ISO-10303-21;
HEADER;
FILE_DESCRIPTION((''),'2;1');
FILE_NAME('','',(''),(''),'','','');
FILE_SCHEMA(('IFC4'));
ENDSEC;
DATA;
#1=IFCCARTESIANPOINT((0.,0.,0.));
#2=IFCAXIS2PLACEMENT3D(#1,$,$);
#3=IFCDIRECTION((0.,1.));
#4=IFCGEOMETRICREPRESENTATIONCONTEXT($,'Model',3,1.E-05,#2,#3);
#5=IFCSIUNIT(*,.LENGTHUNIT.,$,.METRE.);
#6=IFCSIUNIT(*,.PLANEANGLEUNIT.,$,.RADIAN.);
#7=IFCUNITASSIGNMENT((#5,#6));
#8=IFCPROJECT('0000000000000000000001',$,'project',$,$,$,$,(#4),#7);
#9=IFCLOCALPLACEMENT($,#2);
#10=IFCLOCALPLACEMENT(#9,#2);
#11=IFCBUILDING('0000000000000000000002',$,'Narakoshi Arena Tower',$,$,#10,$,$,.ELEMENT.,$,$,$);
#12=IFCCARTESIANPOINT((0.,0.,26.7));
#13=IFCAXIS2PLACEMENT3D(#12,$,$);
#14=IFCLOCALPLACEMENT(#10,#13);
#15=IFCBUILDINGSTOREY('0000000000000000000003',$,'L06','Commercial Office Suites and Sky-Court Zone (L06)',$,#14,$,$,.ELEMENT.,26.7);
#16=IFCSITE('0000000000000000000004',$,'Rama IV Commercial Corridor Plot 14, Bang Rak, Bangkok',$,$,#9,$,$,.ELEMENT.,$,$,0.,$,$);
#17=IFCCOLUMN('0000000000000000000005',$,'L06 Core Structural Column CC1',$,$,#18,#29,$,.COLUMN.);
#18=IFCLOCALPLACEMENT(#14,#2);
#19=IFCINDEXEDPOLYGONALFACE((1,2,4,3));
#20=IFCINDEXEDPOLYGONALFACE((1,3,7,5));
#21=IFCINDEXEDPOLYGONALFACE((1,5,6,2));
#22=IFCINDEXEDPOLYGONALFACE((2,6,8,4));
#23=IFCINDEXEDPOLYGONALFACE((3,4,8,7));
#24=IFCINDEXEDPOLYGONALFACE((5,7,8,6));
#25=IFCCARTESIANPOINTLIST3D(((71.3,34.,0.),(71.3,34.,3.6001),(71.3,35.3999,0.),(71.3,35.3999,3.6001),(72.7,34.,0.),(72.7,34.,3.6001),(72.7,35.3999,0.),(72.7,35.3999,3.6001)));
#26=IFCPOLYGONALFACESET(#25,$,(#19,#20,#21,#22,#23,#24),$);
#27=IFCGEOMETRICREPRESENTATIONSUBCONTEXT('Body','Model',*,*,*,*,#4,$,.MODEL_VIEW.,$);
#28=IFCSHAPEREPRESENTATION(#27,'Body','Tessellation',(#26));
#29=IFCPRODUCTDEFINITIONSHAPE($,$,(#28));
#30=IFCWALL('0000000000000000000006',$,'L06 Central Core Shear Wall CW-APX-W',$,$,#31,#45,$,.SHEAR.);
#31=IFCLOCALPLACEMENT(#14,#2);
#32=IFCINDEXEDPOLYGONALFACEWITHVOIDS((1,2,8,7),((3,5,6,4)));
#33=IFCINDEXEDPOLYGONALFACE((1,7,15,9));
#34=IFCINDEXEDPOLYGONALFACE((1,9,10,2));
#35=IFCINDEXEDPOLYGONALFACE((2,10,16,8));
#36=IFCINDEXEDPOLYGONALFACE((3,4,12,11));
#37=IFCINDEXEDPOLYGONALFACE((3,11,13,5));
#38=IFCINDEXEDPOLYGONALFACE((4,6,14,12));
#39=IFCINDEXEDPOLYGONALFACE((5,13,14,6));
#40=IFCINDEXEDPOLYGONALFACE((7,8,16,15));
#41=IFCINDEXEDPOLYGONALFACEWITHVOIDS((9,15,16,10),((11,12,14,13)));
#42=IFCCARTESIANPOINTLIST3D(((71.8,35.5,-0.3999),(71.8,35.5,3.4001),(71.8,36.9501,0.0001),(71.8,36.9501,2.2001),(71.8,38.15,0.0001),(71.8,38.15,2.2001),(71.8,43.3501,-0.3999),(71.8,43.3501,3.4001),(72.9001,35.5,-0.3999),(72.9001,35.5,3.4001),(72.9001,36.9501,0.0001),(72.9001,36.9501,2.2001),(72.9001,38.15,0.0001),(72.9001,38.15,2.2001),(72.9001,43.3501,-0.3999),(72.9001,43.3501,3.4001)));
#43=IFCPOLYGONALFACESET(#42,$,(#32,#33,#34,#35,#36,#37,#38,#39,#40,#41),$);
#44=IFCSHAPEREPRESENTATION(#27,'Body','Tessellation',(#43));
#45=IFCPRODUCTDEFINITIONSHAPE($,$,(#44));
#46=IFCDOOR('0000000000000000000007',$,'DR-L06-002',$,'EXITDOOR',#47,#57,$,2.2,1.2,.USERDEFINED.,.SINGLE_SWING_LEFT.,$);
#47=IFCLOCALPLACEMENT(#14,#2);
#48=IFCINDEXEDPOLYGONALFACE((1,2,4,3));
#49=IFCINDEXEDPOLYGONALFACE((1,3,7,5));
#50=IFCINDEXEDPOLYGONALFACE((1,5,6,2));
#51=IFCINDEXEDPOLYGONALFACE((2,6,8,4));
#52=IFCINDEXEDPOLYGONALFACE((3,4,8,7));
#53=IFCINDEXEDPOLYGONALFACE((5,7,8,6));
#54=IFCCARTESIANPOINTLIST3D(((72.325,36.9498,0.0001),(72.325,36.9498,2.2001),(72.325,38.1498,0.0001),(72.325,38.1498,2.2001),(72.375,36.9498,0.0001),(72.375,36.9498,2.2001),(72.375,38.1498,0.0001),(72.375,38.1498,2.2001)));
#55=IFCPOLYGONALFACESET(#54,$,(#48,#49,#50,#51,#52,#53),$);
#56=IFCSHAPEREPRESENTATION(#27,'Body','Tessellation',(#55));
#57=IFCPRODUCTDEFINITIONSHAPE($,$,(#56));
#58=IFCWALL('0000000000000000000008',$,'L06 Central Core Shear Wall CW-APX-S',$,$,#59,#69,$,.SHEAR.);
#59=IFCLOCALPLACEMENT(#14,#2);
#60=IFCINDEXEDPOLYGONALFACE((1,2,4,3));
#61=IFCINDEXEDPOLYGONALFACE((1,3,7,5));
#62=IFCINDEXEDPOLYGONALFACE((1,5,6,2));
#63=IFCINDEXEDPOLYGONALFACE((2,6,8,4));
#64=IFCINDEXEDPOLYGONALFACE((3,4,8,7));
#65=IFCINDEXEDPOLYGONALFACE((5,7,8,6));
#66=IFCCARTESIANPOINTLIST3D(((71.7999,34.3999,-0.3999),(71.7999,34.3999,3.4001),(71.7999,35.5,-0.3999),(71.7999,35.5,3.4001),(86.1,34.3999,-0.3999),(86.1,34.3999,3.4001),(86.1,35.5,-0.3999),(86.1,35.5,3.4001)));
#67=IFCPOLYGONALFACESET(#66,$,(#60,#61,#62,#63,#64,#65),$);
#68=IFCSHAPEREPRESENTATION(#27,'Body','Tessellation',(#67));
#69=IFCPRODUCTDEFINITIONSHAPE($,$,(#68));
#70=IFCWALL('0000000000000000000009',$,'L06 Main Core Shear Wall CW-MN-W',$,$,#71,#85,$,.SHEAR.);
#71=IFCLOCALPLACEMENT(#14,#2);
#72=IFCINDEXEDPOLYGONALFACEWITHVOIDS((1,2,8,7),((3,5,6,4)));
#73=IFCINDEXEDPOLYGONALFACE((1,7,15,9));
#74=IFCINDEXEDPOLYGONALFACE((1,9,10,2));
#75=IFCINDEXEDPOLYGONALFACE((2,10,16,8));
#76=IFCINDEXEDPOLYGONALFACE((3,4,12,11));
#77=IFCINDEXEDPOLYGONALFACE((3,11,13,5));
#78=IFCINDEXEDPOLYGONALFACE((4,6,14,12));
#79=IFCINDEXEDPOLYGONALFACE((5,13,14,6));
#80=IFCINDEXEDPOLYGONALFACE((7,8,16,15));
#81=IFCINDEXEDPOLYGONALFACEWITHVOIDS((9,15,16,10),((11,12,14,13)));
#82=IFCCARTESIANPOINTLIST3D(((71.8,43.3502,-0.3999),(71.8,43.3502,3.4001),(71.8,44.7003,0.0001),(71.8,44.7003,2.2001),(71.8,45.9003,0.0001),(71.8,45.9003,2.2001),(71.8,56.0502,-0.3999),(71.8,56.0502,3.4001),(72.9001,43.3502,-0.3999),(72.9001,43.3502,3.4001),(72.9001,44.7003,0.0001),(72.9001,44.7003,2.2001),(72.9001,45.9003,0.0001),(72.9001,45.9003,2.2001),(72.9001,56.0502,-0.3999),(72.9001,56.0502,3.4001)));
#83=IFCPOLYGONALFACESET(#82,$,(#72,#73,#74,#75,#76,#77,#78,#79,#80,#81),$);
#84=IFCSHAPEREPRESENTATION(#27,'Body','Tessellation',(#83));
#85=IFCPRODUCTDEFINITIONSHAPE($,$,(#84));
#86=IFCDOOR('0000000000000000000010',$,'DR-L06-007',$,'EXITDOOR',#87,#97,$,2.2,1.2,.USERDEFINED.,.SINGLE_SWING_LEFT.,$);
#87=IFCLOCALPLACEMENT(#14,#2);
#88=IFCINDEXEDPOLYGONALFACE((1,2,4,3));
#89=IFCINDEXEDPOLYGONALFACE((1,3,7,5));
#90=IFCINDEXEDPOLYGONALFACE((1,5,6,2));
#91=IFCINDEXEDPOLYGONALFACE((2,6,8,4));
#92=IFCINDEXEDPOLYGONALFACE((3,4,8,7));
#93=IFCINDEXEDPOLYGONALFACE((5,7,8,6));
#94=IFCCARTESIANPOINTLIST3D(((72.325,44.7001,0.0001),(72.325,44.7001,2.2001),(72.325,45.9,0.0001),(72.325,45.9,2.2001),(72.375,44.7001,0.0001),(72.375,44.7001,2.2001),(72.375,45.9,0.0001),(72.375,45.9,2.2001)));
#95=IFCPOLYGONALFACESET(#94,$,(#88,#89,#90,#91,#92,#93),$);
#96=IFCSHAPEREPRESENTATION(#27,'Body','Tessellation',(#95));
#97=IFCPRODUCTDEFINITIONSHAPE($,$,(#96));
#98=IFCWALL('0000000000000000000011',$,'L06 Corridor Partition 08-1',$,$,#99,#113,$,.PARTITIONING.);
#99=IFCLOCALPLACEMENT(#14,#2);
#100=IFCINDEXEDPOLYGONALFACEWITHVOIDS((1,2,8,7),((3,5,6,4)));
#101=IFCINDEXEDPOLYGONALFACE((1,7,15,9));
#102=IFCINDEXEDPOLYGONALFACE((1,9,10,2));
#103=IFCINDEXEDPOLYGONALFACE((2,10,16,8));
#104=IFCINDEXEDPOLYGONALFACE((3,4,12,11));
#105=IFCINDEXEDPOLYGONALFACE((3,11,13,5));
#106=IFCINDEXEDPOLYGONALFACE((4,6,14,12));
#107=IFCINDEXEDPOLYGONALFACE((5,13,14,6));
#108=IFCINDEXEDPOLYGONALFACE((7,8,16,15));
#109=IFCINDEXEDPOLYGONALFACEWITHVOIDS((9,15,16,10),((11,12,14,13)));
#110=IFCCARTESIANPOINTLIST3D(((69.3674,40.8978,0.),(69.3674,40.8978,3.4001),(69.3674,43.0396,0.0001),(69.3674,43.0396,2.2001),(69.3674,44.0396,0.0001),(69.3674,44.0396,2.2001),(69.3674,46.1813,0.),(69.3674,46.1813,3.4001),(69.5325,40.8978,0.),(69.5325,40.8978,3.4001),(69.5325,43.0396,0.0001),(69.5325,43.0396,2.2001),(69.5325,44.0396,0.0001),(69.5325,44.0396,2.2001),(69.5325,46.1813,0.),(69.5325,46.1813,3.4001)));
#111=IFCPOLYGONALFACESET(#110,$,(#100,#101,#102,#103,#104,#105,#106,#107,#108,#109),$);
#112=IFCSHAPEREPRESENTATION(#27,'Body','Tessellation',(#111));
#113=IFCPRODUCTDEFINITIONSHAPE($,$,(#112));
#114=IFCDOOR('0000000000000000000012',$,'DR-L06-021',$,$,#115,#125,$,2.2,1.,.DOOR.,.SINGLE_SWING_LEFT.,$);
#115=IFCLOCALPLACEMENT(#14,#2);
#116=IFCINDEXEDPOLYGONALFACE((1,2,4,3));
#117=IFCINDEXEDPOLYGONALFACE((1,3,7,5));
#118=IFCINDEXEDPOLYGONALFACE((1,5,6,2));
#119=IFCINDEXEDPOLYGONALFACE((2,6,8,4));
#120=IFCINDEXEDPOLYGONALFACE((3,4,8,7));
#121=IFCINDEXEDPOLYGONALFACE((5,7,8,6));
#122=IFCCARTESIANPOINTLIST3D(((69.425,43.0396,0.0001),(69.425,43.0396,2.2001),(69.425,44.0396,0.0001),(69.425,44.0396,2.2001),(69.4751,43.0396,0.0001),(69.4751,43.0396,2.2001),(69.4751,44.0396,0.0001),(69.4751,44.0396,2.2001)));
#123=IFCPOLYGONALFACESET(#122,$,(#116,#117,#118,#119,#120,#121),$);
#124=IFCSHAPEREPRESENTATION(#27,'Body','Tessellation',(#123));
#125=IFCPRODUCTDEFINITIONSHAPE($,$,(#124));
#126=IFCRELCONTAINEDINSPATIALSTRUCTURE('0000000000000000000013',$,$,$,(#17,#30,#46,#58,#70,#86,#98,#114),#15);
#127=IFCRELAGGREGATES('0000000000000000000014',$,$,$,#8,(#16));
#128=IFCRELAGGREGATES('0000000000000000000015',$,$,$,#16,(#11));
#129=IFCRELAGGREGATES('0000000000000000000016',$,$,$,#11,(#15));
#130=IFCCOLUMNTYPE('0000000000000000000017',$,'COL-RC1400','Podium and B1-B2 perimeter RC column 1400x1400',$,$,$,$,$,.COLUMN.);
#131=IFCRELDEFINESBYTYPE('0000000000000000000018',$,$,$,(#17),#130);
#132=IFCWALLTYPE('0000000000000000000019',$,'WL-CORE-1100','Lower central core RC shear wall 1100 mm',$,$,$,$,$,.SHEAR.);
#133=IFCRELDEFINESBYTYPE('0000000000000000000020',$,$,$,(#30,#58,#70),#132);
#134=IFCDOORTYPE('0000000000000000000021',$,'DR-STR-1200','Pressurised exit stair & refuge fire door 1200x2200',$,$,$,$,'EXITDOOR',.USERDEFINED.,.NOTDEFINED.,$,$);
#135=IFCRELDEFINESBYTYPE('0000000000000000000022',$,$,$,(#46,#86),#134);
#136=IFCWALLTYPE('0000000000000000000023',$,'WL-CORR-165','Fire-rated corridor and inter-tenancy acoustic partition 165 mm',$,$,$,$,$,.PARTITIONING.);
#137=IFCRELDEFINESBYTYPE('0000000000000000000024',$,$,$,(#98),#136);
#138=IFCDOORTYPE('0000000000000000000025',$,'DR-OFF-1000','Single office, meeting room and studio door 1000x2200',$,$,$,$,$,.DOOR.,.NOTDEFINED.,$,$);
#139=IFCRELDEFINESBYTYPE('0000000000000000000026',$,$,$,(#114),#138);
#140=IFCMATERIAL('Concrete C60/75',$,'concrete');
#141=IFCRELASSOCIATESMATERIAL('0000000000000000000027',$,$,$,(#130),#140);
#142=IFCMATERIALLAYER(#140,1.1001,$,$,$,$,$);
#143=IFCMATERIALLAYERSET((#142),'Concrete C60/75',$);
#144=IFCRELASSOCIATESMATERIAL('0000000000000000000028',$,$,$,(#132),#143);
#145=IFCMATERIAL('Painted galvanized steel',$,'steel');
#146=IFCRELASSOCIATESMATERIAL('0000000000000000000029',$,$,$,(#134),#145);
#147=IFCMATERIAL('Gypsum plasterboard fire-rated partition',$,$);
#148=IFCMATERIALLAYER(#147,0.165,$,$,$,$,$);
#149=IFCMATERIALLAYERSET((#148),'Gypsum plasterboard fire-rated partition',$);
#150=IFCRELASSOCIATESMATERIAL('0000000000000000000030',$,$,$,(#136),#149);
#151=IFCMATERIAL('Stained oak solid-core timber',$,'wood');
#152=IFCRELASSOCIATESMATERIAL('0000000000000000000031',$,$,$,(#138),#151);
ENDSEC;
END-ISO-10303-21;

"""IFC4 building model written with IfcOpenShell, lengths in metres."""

from ifc_helpers import new_model, si_unit, direction, frame, frame_2d, origin, origin_2d, place, context, subcontext, project, spatial, rectangle, extrude, material, layer, layer_set, material_profile, profile_set, type_object, element, fill, save


model = new_model("IFC4")

# Units and contexts
model_context = context("Model", 3, precision=1e-05, world=origin(), true_north=direction((0.0, 1.0)))
body_context = subcontext(model_context, "Body", "Model", "MODEL_VIEW")
ifc_project = project(units=[si_unit("LENGTHUNIT", "METRE"), si_unit("PLANEANGLEUNIT", "RADIAN")], contexts=[model_context])

# Site, building, storey
site_placement = place(None, origin())
site = spatial("IfcSite", under=ifc_project, at=site_placement, Name="Rama IV Commercial Corridor Plot 14, Bang Rak, Bangkok", CompositionType="ELEMENT", RefElevation=0.0)
building_placement = place(site_placement, origin())
building = spatial("IfcBuilding", under=site, at=building_placement, Name="Narakoshi Arena Tower", CompositionType="ELEMENT")
storey_placement = place(building_placement, frame((0.0, 0.0, 26.7)))
storey = spatial("IfcBuildingStorey", under=building, at=storey_placement, Name="L06", Description="Commercial Office Suites and Sky-Court Zone (L06)", CompositionType="ELEMENT", Elevation=26.7)

# Column
ifc_material_1 = material(Name="Concrete C60/75", Category="concrete")
ifc_material_profile = material_profile(ifc_material_1, rectangle(XDim=1.3999, YDim=1.3999, at=origin_2d()), Name="RC1400x1400")
ifc_profile_set = profile_set([ifc_material_profile], Name="Concrete C60/75")
column_type = type_object("IfcColumnType", Name="COL-RC1400", Description="Podium and B1-B2 perimeter RC column 1400x1400", PredefinedType="COLUMN", material=ifc_profile_set)
column_placement = place(storey_placement, frame((72.0, 34.7, 0.0), z_axis=(0.0, 0.0, 1.0), x_axis=(1.0, 0.0, 0.0)))
element("IfcColumn", 1, at=column_placement, inside=storey, type_object=column_type, Name="L06 Core Structural Column CC1", PredefinedType="COLUMN", context=body_context, shape_type="SweptSolid", body=[
    extrude(rectangle(XDim=1.3999, YDim=1.3999, at=origin_2d()), origin(), (0.0, 0.0, 1.0), 3.6001),
])

# Wall, opening, door
ifc_layer_1 = layer(ifc_material_1, 1.1001)
ifc_layer_set_1 = layer_set([ifc_layer_1], Name="Concrete C60/75")
wall_type_1 = type_object("IfcWallType", Name="WL-CORE-1100", Description="Lower central core RC shear wall 1100 mm", PredefinedType="SHEAR", material=ifc_layer_set_1)
wall_1_placement = place(storey_placement, frame((72.3501, 35.5, -0.3999), z_axis=(0.0, 0.0, 1.0), x_axis=(0.0, 1.0, 0.0)))
wall_1 = element("IfcWall", 2, at=wall_1_placement, inside=storey, type_object=wall_type_1, Name="L06 Central Core Shear Wall CW-APX-W", PredefinedType="SHEAR", context=body_context, shape_type="SweptSolid", body=[
    extrude(rectangle(XDim=7.8501, YDim=1.1001, at=frame_2d((3.925, 0.0))), origin(), (0.0, 0.0, 1.0), 3.8),
])
opening_1_placement = place(wall_1_placement, frame((1.45, 0.0, 0.3999)))
opening_1 = element("IfcOpeningElement", 3, at=opening_1_placement, cuts=wall_1, PredefinedType="OPENING", context=body_context, shape_type="SweptSolid", body=[
    extrude(rectangle(XDim=1.2, YDim=2.2, at=frame_2d((0.6001, 1.1001))), frame((0.0, 0.5601, 0.0), z_axis=(0.0, -1.0, 0.0), x_axis=(1.0, 0.0, 0.0)), (0.0, 0.0, 1.0), 1.1201),
])
ifc_material_2 = material(Name="Painted galvanized steel", Category="steel")
door_type_1 = type_object("IfcDoorType", Name="DR-STR-1200", Description="Pressurised exit stair & refuge fire door 1200x2200", ElementType="EXITDOOR", OperationType="NOTDEFINED", PredefinedType="USERDEFINED", material=ifc_material_2)
door_1_placement = place(opening_1_placement, frame((1.2, 0.0, 0.0), z_axis=(0.0, 0.0, 1.0), x_axis=(-1.0, 0.0, 0.0)))
door_1 = element("IfcDoor", 4, at=door_1_placement, inside=storey, type_object=door_type_1, Name="DR-L06-002", ObjectType="EXITDOOR", OperationType="SINGLE_SWING_LEFT", OverallHeight=2.2, OverallWidth=1.2, PredefinedType="USERDEFINED", context=body_context, shape_type="SweptSolid", body=[
    extrude(rectangle(XDim=1.2, YDim=2.2, at=frame_2d((0.6001, 1.1001))), frame((0.0, 0.0249, 0.0), z_axis=(0.0, -1.0, 0.0), x_axis=(1.0, 0.0, 0.0)), (0.0, 0.0, 1.0), 0.05),
])
fill(opening_1, door_1)

# Wall
wall_2_placement = place(storey_placement, frame((71.8, 34.95, -0.3999), z_axis=(0.0, 0.0, 1.0), x_axis=(1.0, 0.0, 0.0)))
element("IfcWall", 5, at=wall_2_placement, inside=storey, type_object=wall_type_1, Name="L06 Central Core Shear Wall CW-APX-S", PredefinedType="SHEAR", context=body_context, shape_type="SweptSolid", body=[
    extrude(rectangle(XDim=14.3, YDim=1.1001, at=frame_2d((7.1499, 0.0))), origin(), (0.0, 0.0, 1.0), 3.8),
])

# Walls, openings, doors
wall_3_placement = place(storey_placement, frame((72.3501, 43.3501, -0.3999), z_axis=(0.0, 0.0, 1.0), x_axis=(0.0, 1.0, 0.0)))
wall_3 = element("IfcWall", 6, at=wall_3_placement, inside=storey, type_object=wall_type_1, Name="L06 Main Core Shear Wall CW-MN-W", PredefinedType="SHEAR", context=body_context, shape_type="SweptSolid", body=[
    extrude(rectangle(XDim=12.7, YDim=1.1001, at=frame_2d((6.3501, 0.0))), origin(), (0.0, 0.0, 1.0), 3.8),
])
opening_2_placement = place(wall_3_placement, frame((1.3501, 0.0, 0.3999)))
opening_2 = element("IfcOpeningElement", 7, at=opening_2_placement, cuts=wall_3, PredefinedType="OPENING", context=body_context, shape_type="SweptSolid", body=[
    extrude(rectangle(XDim=1.2, YDim=2.2, at=frame_2d((0.6001, 1.1001))), frame((0.0, 0.5601, 0.0), z_axis=(0.0, -1.0, 0.0), x_axis=(1.0, 0.0, 0.0)), (0.0, 0.0, 1.0), 1.1201),
])
door_2_placement = place(opening_2_placement, frame((1.2, 0.0, 0.0), z_axis=(0.0, 0.0, 1.0), x_axis=(-1.0, 0.0, 0.0)))
door_2 = element("IfcDoor", 8, at=door_2_placement, inside=storey, type_object=door_type_1, Name="DR-L06-007", ObjectType="EXITDOOR", OperationType="SINGLE_SWING_LEFT", OverallHeight=2.2, OverallWidth=1.2, PredefinedType="USERDEFINED", context=body_context, shape_type="SweptSolid", body=[
    extrude(rectangle(XDim=1.2, YDim=2.2, at=frame_2d((0.6001, 1.1001))), frame((0.0, 0.0249, 0.0), z_axis=(0.0, -1.0, 0.0), x_axis=(1.0, 0.0, 0.0)), (0.0, 0.0, 1.0), 0.05),
])
fill(opening_2, door_2)
ifc_material_3 = material(Name="Gypsum plasterboard fire-rated partition")
ifc_layer_2 = layer(ifc_material_3, 0.165)
ifc_layer_set_2 = layer_set([ifc_layer_2], Name="Gypsum plasterboard fire-rated partition")
wall_type_2 = type_object("IfcWallType", Name="WL-CORR-165", Description="Fire-rated corridor and inter-tenancy acoustic partition 165 mm", PredefinedType="PARTITIONING", material=ifc_layer_set_2)
wall_4_placement = place(storey_placement, frame((69.45, 46.1812, 0.0), z_axis=(0.0, 0.0, 1.0), x_axis=(0.0, -1.0, 0.0)))
wall_4 = element("IfcWall", 9, at=wall_4_placement, inside=storey, type_object=wall_type_2, Name="L06 Corridor Partition 08-1", PredefinedType="PARTITIONING", context=body_context, shape_type="SweptSolid", body=[
    extrude(rectangle(XDim=5.2834, YDim=0.165, at=frame_2d((2.6416, 0.0))), origin(), (0.0, 0.0, 1.0), 3.4001),
])
opening_3_placement = place(wall_4_placement, frame((2.1416, 0.0, 0.0)))
opening_3 = element("IfcOpeningElement", 10, at=opening_3_placement, cuts=wall_4, PredefinedType="OPENING", context=body_context, shape_type="SweptSolid", body=[
    extrude(rectangle(XDim=1.0, YDim=2.2, at=frame_2d((0.5, 1.1001))), frame((0.0, 0.0925, 0.0), z_axis=(0.0, -1.0, 0.0), x_axis=(1.0, 0.0, 0.0)), (0.0, 0.0, 1.0), 0.1851),
])
ifc_material_4 = material(Name="Stained oak solid-core timber", Category="wood")
door_type_2 = type_object("IfcDoorType", Name="DR-OFF-1000", Description="Single office, meeting room and studio door 1000x2200", OperationType="NOTDEFINED", PredefinedType="DOOR", material=ifc_material_4)
door_3_placement = place(opening_3_placement, frame((1.0, 0.0, 0.0), z_axis=(0.0, 0.0, 1.0), x_axis=(-1.0, 0.0, 0.0)))
door_3 = element("IfcDoor", 11, at=door_3_placement, inside=storey, type_object=door_type_2, Name="DR-L06-021", OperationType="SINGLE_SWING_LEFT", OverallHeight=2.2, OverallWidth=1.0, PredefinedType="DOOR", context=body_context, shape_type="SweptSolid", body=[
    extrude(rectangle(XDim=1.0, YDim=2.2, at=frame_2d((0.5, 1.1001))), frame((0.0, 0.0249, 0.0), z_axis=(0.0, -1.0, 0.0), x_axis=(1.0, 0.0, 0.0)), (0.0, 0.0, 1.0), 0.05),
])
fill(opening_3, door_3)

save(model, "model.ifc")
